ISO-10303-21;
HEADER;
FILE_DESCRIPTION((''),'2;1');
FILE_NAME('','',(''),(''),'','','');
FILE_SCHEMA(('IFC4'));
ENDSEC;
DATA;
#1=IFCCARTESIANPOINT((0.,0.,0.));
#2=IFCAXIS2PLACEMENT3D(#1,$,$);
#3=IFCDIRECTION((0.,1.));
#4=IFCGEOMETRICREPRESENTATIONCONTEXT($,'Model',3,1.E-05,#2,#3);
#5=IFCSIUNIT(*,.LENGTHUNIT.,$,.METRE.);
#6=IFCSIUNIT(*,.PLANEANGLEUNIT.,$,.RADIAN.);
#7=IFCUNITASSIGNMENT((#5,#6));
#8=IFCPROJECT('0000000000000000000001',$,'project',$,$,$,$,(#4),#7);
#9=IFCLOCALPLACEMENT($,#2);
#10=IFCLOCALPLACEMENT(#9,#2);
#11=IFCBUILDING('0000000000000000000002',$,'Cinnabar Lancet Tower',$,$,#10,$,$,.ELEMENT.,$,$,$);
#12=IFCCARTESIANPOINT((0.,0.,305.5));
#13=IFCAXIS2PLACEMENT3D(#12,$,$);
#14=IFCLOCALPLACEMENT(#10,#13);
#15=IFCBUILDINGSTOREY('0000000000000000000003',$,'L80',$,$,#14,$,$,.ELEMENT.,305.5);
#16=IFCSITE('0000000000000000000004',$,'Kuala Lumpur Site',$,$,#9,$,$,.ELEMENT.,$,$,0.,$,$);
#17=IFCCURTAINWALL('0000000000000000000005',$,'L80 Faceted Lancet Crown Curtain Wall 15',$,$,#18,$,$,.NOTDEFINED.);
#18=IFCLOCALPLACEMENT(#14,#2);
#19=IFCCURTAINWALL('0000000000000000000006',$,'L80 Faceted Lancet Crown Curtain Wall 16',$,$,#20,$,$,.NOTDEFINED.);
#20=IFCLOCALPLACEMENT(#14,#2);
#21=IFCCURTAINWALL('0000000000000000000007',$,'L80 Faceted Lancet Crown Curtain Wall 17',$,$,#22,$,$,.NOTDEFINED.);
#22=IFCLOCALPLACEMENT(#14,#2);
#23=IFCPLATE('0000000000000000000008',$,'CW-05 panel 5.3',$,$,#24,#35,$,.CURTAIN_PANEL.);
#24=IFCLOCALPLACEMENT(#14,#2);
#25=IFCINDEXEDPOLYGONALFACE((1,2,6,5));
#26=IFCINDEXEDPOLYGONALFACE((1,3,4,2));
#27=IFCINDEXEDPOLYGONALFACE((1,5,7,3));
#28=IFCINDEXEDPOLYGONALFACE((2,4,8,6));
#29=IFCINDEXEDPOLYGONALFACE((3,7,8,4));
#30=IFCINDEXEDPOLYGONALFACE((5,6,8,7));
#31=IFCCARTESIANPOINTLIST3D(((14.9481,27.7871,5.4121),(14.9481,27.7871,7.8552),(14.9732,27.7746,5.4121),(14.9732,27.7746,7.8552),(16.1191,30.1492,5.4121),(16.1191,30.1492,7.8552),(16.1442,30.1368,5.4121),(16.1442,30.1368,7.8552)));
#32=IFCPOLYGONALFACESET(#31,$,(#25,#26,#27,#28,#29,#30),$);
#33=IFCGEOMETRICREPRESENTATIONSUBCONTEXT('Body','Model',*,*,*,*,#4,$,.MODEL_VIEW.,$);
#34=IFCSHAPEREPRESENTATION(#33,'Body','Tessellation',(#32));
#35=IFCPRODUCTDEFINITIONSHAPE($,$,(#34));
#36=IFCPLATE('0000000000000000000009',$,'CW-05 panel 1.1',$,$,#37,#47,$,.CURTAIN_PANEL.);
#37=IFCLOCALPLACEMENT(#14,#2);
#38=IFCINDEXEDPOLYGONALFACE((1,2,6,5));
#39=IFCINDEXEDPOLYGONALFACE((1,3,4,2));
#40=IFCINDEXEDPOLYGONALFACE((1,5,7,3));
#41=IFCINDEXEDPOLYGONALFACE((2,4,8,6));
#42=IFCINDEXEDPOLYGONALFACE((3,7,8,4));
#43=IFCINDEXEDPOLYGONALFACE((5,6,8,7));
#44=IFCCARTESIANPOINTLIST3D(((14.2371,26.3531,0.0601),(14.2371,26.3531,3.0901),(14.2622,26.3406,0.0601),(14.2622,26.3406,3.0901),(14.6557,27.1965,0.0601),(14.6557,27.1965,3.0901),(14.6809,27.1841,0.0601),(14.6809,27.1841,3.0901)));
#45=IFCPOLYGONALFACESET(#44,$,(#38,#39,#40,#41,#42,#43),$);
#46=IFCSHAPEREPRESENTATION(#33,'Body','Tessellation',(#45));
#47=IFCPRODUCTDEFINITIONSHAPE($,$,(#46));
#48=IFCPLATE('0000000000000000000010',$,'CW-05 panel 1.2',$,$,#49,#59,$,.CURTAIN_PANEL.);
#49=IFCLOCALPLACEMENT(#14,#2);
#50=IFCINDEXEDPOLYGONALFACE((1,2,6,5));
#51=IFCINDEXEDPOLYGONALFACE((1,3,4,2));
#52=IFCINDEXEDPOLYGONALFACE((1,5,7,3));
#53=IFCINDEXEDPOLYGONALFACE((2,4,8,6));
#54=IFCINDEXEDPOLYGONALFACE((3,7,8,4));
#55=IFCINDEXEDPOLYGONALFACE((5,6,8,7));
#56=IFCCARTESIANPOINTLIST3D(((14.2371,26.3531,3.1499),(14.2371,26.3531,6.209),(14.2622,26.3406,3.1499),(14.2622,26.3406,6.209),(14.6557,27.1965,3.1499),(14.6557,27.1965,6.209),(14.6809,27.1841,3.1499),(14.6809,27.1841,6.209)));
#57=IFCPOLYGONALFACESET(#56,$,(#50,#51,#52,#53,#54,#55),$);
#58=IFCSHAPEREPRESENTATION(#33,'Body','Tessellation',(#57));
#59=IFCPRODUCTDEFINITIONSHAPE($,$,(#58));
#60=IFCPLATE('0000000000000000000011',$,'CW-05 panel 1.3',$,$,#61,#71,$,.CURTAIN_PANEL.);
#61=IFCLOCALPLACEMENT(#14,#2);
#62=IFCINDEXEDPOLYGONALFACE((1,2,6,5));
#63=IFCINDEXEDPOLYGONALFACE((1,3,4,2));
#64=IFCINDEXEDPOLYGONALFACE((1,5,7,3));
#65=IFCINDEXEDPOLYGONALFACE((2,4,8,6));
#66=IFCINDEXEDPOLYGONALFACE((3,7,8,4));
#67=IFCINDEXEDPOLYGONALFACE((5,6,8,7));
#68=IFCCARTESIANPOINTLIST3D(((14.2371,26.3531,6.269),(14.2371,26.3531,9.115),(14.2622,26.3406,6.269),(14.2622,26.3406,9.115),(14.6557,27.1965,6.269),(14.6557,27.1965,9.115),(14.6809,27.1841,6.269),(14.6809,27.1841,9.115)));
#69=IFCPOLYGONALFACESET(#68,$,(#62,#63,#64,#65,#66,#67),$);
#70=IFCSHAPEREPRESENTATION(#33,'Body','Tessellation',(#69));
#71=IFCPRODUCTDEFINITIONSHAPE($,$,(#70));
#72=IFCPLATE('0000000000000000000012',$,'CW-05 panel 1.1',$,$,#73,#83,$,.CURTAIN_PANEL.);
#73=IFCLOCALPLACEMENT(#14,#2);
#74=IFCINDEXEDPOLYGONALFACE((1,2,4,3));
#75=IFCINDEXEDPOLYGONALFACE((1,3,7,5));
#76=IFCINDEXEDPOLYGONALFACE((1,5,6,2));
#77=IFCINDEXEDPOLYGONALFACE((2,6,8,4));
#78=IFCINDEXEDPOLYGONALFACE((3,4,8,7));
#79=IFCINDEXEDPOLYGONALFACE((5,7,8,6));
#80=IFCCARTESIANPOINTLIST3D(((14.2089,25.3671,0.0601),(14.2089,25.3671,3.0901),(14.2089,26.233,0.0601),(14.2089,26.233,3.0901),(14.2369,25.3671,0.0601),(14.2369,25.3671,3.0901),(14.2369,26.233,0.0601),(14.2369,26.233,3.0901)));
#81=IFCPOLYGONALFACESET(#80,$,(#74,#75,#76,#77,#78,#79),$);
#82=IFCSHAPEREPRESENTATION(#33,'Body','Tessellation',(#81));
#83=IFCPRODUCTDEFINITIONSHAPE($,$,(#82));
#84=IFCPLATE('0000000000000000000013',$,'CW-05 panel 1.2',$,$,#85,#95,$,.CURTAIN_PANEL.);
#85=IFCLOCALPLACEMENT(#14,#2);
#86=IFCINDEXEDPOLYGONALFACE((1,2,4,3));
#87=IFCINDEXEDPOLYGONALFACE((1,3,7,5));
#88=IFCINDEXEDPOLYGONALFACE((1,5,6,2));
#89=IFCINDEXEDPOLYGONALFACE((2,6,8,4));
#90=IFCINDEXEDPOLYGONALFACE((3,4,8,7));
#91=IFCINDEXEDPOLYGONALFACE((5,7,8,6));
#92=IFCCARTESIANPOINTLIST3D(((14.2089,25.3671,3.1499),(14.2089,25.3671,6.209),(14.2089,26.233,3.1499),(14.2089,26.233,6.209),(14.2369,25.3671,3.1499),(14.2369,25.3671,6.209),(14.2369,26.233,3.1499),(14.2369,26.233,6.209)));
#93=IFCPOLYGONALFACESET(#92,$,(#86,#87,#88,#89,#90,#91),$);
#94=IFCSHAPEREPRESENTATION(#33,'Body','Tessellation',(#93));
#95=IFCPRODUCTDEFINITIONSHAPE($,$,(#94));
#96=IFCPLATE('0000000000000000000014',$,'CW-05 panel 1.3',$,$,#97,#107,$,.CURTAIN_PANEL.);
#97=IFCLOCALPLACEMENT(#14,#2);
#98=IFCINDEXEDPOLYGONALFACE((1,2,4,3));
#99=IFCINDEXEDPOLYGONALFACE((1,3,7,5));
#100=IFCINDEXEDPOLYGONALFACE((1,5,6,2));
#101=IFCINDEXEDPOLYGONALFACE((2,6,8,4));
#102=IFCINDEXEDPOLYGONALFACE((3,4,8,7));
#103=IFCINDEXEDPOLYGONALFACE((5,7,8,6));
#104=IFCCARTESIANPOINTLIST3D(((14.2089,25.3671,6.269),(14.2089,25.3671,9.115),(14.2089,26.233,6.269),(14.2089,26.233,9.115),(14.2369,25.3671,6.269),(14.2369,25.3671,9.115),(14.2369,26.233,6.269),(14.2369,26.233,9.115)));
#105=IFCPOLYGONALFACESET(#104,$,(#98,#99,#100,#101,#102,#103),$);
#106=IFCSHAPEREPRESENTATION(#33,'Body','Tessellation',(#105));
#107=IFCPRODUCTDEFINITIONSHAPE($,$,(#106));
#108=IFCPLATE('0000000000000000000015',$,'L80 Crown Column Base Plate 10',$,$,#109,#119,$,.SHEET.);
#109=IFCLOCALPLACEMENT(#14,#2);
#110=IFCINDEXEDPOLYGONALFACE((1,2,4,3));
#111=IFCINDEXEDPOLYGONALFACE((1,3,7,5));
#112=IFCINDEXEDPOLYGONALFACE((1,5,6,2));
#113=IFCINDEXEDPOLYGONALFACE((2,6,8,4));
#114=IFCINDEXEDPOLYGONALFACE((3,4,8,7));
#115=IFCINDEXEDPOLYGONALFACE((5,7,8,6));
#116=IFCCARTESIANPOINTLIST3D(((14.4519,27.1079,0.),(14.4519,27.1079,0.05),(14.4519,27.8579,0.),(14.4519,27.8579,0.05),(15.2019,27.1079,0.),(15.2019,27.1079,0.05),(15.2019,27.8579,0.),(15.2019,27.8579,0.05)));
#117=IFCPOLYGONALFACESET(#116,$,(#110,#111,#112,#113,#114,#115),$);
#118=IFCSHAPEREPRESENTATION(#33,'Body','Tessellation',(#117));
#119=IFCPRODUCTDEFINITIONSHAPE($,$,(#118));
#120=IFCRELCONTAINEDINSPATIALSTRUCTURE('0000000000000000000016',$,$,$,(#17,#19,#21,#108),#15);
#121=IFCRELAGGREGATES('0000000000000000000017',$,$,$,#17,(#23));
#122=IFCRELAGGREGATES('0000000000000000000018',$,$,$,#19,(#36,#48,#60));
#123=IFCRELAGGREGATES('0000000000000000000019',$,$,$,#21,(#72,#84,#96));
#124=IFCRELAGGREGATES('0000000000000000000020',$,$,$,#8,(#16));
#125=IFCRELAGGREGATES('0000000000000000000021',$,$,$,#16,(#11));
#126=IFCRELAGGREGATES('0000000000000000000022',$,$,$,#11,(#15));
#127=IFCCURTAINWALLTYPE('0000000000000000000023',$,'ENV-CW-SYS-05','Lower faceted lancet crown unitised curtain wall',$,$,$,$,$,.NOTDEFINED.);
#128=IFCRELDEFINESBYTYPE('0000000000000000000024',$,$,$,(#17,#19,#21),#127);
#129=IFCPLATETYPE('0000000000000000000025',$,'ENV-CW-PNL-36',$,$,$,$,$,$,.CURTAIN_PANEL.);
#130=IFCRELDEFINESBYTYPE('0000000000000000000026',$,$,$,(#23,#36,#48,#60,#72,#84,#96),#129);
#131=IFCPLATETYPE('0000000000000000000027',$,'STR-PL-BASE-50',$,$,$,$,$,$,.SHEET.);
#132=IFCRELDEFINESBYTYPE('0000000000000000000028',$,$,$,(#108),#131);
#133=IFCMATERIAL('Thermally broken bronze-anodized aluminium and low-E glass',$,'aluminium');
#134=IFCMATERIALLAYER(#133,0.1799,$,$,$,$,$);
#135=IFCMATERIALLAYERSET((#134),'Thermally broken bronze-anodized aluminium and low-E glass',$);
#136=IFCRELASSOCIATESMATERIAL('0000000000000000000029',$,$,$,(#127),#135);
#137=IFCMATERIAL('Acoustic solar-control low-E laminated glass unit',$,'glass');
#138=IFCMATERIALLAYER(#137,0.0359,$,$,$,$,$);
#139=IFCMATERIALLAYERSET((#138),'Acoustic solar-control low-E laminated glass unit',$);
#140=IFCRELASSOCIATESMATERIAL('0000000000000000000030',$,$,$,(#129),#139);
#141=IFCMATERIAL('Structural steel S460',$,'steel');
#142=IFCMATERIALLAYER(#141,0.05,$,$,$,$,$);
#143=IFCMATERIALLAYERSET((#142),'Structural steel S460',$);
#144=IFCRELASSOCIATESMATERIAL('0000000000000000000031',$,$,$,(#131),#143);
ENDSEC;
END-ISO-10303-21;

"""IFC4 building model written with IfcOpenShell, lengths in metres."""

from ifc_helpers import new_model, si_unit, direction, frame, origin, origin_2d, place, context, subcontext, project, spatial, rectangle, extrude, material, layer, layer_set, type_object, element, aggregate, save


model = new_model("IFC4")

# Units and contexts
model_context = context("Model", 3, precision=1e-05, world=origin(), true_north=direction((0.0, 1.0)))
body_context = subcontext(model_context, "Body", "Model", "MODEL_VIEW")
ifc_project = project(units=[si_unit("LENGTHUNIT", "METRE"), si_unit("PLANEANGLEUNIT", "RADIAN")], contexts=[model_context])

# Site, building, storey
site_placement = place(None, origin())
site = spatial("IfcSite", under=ifc_project, at=site_placement, Name="Kuala Lumpur Site", CompositionType="ELEMENT", RefElevation=0.0)
building_placement = place(site_placement, origin())
building = spatial("IfcBuilding", under=site, at=building_placement, Name="Cinnabar Lancet Tower", CompositionType="ELEMENT")
storey_placement = place(building_placement, frame((0.0, 0.0, 305.5)))
storey = spatial("IfcBuildingStorey", under=building, at=storey_placement, Name="L80", CompositionType="ELEMENT", Elevation=305.5)

# Curtain wall
ifc_material_1 = material(Name="Thermally broken bronze-anodized aluminium and low-E glass", Category="aluminium")
ifc_layer_1 = layer(ifc_material_1, 0.1799)
ifc_layer_set_1 = layer_set([ifc_layer_1], Name="Thermally broken bronze-anodized aluminium and low-E glass")
curtain_wall_type = type_object("IfcCurtainWallType", Name="ENV-CW-SYS-05", Description="Lower faceted lancet crown unitised curtain wall", PredefinedType="NOTDEFINED", material=ifc_layer_set_1)
curtain_wall_1_placement = place(storey_placement, origin())
curtain_wall_1 = element("IfcCurtainWall", 1, at=curtain_wall_1_placement, inside=storey, type_object=curtain_wall_type, Name="L80 Faceted Lancet Crown Curtain Wall 15", PredefinedType="NOTDEFINED")

# Curtain walls
curtain_wall_2_placement = place(storey_placement, origin())
curtain_wall_2 = element("IfcCurtainWall", 2, at=curtain_wall_2_placement, inside=storey, type_object=curtain_wall_type, Name="L80 Faceted Lancet Crown Curtain Wall 16", PredefinedType="NOTDEFINED")
curtain_wall_3_placement = place(storey_placement, origin())
curtain_wall_3 = element("IfcCurtainWall", 3, at=curtain_wall_3_placement, inside=storey, type_object=curtain_wall_type, Name="L80 Faceted Lancet Crown Curtain Wall 17", PredefinedType="NOTDEFINED")

# Plates
ifc_material_2 = material(Name="Acoustic solar-control low-E laminated glass unit", Category="glass")
ifc_layer_2 = layer(ifc_material_2, 0.0359)
ifc_layer_set_2 = layer_set([ifc_layer_2], Name="Acoustic solar-control low-E laminated glass unit")
plate_type_1 = type_object("IfcPlateType", Name="ENV-CW-PNL-36", PredefinedType="CURTAIN_PANEL", material=ifc_layer_set_2)
plate_1_placement = place(storey_placement, frame((15.5461, 28.9619, 5.4121), z_axis=(0.0, 0.0, 1.0), x_axis=(-0.444159, -0.895948, 0.0)))
plate_1 = element("IfcPlate", 4, at=plate_1_placement, type_object=plate_type_1, Name="CW-05 panel 5.3", PredefinedType="CURTAIN_PANEL", context=body_context, shape_type="SweptSolid", body=[
    extrude(rectangle(XDim=2.6365, YDim=0.0281, at=origin_2d()), origin(), (0.0, 0.0, 1.0), 2.4431),
])
aggregate(curtain_wall_1, [plate_1])
plate_2_placement = place(storey_placement, frame((14.459, 26.7686, 0.0601), z_axis=(0.0, 0.0, 1.0), x_axis=(-0.444574, -0.895742, 0.0)))
plate_2 = element("IfcPlate", 5, at=plate_2_placement, type_object=plate_type_1, Name="CW-05 panel 1.1", PredefinedType="CURTAIN_PANEL", context=body_context, shape_type="SweptSolid", body=[
    extrude(rectangle(XDim=0.9417, YDim=0.0281, at=origin_2d()), origin(), (0.0, 0.0, 1.0), 3.03),
])
plate_3_placement = place(storey_placement, frame((14.459, 26.7686, 3.1499), z_axis=(0.0, 0.0, 1.0), x_axis=(-0.444574, -0.895742, 0.0)))
plate_3 = element("IfcPlate", 6, at=plate_3_placement, type_object=plate_type_1, Name="CW-05 panel 1.2", PredefinedType="CURTAIN_PANEL", context=body_context, shape_type="SweptSolid", body=[
    extrude(rectangle(XDim=0.9417, YDim=0.0281, at=origin_2d()), origin(), (0.0, 0.0, 1.0), 3.0591),
])
plate_4_placement = place(storey_placement, frame((14.459, 26.7686, 6.269), z_axis=(0.0, 0.0, 1.0), x_axis=(-0.444574, -0.895742, 0.0)))
plate_4 = element("IfcPlate", 7, at=plate_4_placement, type_object=plate_type_1, Name="CW-05 panel 1.3", PredefinedType="CURTAIN_PANEL", context=body_context, shape_type="SweptSolid", body=[
    extrude(rectangle(XDim=0.9417, YDim=0.0281, at=origin_2d()), origin(), (0.0, 0.0, 1.0), 2.8459),
])
aggregate(curtain_wall_2, [plate_2, plate_3, plate_4])
plate_5_placement = place(storey_placement, frame((14.2229, 25.8, 0.0601), z_axis=(0.0, 0.0, 1.0), x_axis=(0.0, -1.0, 0.0)))
plate_5 = element("IfcPlate", 8, at=plate_5_placement, type_object=plate_type_1, Name="CW-05 panel 1.1", PredefinedType="CURTAIN_PANEL", context=body_context, shape_type="SweptSolid", body=[
    extrude(rectangle(XDim=0.866, YDim=0.0281, at=origin_2d()), origin(), (0.0, 0.0, 1.0), 3.03),
])
plate_6_placement = place(storey_placement, frame((14.2229, 25.8, 3.1499), z_axis=(0.0, 0.0, 1.0), x_axis=(0.0, -1.0, 0.0)))
plate_6 = element("IfcPlate", 9, at=plate_6_placement, type_object=plate_type_1, Name="CW-05 panel 1.2", PredefinedType="CURTAIN_PANEL", context=body_context, shape_type="SweptSolid", body=[
    extrude(rectangle(XDim=0.866, YDim=0.0281, at=origin_2d()), origin(), (0.0, 0.0, 1.0), 3.0591),
])
plate_7_placement = place(storey_placement, frame((14.2229, 25.8, 6.269), z_axis=(0.0, 0.0, 1.0), x_axis=(0.0, -1.0, 0.0)))
plate_7 = element("IfcPlate", 10, at=plate_7_placement, type_object=plate_type_1, Name="CW-05 panel 1.3", PredefinedType="CURTAIN_PANEL", context=body_context, shape_type="SweptSolid", body=[
    extrude(rectangle(XDim=0.866, YDim=0.0281, at=origin_2d()), origin(), (0.0, 0.0, 1.0), 2.8459),
])
aggregate(curtain_wall_3, [plate_5, plate_6, plate_7])
ifc_material_3 = material(Name="Structural steel S460", Category="steel")
ifc_layer_3 = layer(ifc_material_3, 0.05)
ifc_layer_set_3 = layer_set([ifc_layer_3], Name="Structural steel S460")
plate_type_2 = type_object("IfcPlateType", Name="STR-PL-BASE-50", PredefinedType="SHEET", material=ifc_layer_set_3)
plate_8_placement = place(storey_placement, frame((14.8269, 27.4829, 0.0), z_axis=(0.0, 0.0, 1.0), x_axis=(1.0, 0.0, 0.0)))
element("IfcPlate", 11, at=plate_8_placement, inside=storey, type_object=plate_type_2, Name="L80 Crown Column Base Plate 10", PredefinedType="SHEET", context=body_context, shape_type="SweptSolid", body=[
    extrude(rectangle(XDim=0.75, YDim=0.75, at=origin_2d()), origin(), (0.0, 0.0, 1.0), 0.05),
])

save(model, "model.ifc")
